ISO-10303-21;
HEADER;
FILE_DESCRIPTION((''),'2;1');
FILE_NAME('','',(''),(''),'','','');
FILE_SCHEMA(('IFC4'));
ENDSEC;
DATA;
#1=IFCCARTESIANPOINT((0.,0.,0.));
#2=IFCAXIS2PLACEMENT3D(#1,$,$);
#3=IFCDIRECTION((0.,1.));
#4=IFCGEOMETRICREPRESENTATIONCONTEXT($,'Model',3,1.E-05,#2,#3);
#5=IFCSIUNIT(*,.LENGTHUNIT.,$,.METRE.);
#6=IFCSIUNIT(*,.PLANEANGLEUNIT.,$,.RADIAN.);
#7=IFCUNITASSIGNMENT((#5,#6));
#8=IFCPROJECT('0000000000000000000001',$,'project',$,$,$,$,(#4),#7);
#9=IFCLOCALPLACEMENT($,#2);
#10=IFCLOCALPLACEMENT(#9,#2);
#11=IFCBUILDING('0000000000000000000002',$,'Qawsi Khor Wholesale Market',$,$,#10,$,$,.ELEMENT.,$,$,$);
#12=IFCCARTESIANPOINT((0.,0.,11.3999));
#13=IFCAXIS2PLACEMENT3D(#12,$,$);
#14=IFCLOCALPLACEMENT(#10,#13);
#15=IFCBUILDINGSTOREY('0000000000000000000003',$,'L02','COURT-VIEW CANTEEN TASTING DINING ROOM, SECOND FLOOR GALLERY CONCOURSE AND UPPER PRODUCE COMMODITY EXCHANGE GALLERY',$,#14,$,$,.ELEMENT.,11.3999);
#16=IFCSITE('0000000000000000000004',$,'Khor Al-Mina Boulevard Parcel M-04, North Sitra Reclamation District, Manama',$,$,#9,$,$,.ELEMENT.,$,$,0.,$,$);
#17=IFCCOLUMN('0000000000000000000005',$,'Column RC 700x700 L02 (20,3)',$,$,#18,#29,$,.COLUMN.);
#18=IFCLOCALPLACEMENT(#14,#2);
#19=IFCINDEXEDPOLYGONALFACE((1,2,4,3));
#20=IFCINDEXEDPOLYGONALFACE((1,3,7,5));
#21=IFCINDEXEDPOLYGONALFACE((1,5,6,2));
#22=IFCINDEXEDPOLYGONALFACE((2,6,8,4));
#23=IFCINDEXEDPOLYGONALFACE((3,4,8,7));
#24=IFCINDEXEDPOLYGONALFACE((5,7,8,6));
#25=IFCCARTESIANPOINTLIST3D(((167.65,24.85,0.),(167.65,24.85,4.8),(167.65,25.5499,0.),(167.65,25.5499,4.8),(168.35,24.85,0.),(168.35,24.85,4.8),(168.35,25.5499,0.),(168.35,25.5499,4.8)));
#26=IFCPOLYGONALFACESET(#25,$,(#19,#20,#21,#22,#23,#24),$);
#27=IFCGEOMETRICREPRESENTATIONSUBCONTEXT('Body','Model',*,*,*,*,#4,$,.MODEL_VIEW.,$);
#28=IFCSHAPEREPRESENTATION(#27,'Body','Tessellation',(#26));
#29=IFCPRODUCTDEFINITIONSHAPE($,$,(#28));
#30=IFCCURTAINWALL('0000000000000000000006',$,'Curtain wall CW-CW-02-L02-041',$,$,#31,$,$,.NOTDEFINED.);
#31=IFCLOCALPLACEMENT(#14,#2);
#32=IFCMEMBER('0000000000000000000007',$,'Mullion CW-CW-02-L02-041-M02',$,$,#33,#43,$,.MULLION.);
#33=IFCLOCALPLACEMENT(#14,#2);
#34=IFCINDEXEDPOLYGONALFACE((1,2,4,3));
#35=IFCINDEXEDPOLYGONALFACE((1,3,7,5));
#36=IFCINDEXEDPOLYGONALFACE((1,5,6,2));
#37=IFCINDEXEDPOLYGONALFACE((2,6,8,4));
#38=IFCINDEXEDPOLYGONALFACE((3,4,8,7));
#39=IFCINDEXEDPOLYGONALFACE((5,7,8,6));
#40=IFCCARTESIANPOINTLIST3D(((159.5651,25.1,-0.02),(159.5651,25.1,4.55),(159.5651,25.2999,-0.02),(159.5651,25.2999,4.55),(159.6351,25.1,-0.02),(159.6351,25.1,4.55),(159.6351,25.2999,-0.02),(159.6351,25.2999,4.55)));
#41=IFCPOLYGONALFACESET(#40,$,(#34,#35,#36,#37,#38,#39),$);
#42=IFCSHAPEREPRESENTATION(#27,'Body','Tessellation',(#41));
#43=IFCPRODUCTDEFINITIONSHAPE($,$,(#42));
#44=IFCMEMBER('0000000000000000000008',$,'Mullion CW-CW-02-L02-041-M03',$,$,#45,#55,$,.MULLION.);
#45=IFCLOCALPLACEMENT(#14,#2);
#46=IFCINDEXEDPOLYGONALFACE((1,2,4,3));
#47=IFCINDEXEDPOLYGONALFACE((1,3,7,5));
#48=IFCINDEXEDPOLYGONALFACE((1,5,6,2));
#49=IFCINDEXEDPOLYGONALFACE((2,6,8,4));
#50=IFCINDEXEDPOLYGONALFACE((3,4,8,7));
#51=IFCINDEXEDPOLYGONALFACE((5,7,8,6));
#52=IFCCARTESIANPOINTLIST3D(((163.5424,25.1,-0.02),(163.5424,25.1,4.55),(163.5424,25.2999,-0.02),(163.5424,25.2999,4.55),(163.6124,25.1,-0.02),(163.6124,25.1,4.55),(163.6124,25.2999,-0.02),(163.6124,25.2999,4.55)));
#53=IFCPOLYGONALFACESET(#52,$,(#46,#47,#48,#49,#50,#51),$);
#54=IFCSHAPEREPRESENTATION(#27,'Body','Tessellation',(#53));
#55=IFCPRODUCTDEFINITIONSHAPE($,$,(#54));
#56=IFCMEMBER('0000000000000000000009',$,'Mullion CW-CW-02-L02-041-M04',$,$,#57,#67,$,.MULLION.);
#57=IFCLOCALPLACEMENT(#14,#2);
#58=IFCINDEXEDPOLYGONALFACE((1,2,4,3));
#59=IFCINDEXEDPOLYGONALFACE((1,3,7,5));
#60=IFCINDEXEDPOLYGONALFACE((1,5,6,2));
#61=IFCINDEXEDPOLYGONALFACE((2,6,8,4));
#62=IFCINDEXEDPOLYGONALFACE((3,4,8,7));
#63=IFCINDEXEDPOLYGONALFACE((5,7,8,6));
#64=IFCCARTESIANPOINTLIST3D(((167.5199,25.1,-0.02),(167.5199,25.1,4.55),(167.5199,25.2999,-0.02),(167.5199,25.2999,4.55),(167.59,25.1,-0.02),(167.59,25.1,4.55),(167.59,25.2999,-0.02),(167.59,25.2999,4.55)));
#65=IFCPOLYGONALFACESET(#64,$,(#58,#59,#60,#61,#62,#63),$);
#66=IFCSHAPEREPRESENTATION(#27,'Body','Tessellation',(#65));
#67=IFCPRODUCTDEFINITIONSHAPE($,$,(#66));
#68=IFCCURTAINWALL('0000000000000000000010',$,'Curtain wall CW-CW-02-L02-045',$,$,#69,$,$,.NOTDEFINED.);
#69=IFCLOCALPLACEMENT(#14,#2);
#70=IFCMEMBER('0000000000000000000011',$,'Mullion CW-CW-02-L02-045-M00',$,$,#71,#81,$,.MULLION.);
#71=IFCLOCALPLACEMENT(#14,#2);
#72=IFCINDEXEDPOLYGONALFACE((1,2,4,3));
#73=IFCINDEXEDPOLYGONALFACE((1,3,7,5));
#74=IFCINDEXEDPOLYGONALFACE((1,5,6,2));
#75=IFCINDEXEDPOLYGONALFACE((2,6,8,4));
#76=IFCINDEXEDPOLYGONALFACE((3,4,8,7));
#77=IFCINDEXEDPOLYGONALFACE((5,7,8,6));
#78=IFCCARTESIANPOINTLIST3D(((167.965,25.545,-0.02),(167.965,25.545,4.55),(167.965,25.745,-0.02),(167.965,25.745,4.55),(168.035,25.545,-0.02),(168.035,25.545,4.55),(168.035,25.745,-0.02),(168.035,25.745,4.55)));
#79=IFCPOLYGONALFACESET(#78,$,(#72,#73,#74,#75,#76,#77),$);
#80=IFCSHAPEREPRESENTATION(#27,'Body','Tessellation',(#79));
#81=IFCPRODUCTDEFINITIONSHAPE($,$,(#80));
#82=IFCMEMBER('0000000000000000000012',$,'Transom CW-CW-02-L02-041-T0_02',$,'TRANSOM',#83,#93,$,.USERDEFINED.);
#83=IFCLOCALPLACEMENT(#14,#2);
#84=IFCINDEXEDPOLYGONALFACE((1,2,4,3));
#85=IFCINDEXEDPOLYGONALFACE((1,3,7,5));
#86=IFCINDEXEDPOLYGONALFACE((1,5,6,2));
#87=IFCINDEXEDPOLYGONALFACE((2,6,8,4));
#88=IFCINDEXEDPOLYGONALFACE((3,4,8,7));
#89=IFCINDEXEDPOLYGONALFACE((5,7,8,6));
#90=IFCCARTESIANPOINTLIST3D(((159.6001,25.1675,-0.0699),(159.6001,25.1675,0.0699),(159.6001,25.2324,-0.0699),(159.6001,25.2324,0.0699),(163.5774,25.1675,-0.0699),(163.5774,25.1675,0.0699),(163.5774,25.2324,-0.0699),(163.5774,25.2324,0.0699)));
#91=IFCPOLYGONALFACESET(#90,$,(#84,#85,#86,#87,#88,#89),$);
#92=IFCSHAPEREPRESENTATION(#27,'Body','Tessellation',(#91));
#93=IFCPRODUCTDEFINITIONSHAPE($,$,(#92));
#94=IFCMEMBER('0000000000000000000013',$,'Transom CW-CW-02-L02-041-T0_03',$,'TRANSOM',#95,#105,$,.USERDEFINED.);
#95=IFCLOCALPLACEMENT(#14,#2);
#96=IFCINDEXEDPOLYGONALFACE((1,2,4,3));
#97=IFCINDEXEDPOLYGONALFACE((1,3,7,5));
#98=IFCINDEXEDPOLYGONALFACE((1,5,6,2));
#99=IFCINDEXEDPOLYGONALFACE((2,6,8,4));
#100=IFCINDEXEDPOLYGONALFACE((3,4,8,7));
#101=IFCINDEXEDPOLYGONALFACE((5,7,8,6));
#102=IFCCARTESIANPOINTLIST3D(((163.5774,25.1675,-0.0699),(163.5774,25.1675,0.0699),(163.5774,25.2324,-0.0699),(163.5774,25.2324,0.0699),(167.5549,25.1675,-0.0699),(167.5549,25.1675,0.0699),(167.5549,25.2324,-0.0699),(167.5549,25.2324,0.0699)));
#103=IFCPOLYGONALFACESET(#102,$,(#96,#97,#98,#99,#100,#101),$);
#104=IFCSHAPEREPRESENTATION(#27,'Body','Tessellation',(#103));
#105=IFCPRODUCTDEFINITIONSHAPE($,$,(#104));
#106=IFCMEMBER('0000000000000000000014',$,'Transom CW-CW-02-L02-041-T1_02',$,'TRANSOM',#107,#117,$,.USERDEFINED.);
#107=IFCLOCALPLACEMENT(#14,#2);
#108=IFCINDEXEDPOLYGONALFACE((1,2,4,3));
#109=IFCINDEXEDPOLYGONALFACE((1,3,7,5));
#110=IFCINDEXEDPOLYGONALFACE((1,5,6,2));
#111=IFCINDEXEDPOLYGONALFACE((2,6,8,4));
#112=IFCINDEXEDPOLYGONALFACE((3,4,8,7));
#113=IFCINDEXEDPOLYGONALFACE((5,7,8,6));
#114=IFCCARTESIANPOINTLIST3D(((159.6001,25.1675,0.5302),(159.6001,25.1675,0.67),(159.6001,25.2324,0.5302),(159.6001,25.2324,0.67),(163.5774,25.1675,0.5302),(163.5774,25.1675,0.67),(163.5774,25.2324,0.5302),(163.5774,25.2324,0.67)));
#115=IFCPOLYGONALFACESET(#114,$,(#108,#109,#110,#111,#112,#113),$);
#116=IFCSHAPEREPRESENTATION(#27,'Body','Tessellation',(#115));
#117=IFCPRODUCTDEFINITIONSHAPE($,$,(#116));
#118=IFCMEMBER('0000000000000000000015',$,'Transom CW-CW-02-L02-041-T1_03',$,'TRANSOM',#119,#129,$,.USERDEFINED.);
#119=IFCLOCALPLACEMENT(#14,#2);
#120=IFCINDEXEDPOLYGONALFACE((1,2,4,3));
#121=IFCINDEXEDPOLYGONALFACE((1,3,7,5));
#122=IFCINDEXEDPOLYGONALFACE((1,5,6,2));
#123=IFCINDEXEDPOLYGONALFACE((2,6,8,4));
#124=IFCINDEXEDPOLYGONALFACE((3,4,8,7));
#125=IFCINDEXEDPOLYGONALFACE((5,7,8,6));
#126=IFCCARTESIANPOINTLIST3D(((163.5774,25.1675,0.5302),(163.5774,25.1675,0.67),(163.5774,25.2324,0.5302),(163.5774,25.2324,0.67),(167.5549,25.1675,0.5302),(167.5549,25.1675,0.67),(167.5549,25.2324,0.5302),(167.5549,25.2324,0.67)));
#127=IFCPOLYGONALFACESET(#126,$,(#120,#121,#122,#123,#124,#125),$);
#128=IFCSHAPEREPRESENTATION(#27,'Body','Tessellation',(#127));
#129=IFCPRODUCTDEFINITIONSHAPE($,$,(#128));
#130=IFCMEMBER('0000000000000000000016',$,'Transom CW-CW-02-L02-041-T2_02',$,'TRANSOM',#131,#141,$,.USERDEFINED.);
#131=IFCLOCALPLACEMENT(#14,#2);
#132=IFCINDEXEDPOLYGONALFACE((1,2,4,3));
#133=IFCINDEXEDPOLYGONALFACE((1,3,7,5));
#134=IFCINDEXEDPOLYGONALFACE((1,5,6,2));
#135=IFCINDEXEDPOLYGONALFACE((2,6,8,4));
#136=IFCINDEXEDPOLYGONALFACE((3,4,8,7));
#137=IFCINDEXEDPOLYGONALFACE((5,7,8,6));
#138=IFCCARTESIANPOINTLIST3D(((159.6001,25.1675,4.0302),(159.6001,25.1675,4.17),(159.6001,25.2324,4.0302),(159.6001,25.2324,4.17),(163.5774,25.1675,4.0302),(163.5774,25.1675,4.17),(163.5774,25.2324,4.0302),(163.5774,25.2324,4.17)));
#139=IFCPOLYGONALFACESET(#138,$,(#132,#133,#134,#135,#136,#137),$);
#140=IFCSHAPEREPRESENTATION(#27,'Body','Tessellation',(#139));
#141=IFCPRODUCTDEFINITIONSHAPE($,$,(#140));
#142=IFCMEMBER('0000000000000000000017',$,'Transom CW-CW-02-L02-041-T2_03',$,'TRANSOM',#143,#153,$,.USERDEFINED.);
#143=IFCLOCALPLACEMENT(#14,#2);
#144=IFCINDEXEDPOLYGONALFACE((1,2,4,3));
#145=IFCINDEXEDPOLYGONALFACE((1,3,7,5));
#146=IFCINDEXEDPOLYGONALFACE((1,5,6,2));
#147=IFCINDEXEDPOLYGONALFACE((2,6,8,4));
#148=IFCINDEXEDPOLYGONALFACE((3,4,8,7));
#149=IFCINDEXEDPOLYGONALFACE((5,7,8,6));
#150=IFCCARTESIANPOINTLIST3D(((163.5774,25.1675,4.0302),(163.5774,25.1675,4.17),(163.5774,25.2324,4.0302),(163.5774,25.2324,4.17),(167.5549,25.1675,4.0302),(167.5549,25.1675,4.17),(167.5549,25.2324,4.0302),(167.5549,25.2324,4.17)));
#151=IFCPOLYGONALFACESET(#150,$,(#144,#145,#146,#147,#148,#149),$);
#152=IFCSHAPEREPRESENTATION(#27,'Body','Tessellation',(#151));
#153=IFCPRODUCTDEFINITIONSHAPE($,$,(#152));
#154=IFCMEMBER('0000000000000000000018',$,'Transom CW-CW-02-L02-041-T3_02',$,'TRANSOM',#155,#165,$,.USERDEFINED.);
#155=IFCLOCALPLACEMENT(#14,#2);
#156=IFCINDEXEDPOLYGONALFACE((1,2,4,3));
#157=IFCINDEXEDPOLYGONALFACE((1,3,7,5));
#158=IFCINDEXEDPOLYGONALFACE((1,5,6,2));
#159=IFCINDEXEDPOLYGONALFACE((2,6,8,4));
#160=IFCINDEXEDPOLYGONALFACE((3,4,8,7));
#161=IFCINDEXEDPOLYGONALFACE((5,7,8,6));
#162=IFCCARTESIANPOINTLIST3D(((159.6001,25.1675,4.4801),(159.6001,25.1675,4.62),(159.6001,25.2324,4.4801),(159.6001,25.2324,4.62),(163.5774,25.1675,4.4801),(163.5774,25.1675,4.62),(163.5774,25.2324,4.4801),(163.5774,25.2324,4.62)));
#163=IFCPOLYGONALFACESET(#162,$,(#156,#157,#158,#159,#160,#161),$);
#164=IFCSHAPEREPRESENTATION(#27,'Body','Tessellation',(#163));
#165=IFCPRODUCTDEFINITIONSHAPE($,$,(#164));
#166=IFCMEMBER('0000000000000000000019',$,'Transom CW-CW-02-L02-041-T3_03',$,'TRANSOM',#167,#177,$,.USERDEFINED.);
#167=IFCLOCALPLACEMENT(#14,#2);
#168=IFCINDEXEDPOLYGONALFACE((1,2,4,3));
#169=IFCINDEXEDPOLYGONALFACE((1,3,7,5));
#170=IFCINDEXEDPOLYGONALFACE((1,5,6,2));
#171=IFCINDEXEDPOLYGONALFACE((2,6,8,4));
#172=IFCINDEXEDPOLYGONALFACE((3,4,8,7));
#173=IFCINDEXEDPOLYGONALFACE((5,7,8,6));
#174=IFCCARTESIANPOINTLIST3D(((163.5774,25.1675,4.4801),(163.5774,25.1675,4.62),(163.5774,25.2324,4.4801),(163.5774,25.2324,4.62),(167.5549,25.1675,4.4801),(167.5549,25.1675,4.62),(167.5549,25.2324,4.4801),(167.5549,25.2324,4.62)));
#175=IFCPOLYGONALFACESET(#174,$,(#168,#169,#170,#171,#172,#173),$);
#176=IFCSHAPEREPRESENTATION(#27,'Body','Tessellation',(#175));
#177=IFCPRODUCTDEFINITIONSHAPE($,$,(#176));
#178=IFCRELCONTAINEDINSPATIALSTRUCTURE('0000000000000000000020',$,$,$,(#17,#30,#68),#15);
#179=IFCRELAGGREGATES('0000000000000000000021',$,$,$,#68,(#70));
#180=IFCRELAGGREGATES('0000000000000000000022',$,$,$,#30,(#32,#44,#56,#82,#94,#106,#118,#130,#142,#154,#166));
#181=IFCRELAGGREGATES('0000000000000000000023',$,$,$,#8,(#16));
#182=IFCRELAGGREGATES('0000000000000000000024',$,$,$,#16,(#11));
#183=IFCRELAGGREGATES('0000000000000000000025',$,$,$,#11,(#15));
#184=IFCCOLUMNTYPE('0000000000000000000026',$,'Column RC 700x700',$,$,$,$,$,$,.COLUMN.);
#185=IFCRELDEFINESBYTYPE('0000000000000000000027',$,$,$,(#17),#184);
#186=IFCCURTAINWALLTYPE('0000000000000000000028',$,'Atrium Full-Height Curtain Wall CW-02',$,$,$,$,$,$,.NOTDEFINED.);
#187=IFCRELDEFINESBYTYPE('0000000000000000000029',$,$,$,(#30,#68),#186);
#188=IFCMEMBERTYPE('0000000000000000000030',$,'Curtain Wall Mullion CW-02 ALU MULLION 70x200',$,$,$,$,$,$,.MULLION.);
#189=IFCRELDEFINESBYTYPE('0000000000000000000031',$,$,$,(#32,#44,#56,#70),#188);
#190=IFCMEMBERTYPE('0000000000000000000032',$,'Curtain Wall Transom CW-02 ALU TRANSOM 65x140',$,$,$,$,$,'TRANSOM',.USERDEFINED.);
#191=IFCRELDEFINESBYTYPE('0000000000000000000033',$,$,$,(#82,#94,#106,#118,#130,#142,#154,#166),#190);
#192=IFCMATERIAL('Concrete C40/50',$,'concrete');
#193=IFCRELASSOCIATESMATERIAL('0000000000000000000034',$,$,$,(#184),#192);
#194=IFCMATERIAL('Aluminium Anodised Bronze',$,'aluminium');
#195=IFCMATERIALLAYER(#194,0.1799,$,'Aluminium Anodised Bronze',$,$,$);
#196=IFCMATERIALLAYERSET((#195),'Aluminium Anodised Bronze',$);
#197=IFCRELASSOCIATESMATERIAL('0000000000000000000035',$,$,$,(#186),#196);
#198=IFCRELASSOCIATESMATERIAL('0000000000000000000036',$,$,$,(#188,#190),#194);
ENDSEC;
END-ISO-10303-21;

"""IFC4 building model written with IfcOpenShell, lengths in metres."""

from ifc_helpers import new_model, si_unit, direction, frame, origin, origin_2d, place, context, subcontext, project, spatial, rectangle, extrude, material, layer, layer_set, material_profile, profile_set, type_object, element, aggregate, save


model = new_model("IFC4")

# Units and contexts
model_context = context("Model", 3, precision=1e-05, world=origin(), true_north=direction((0.0, 1.0)))
body_context = subcontext(model_context, "Body", "Model", "MODEL_VIEW")
ifc_project = project(units=[si_unit("LENGTHUNIT", "METRE"), si_unit("PLANEANGLEUNIT", "RADIAN")], contexts=[model_context])

# Site, building, storey
site_placement = place(None, origin())
site = spatial("IfcSite", under=ifc_project, at=site_placement, Name="Khor Al-Mina Boulevard Parcel M-04, North Sitra Reclamation District, Manama", CompositionType="ELEMENT", RefElevation=0.0)
building_placement = place(site_placement, origin())
building = spatial("IfcBuilding", under=site, at=building_placement, Name="Qawsi Khor Wholesale Market", CompositionType="ELEMENT")
storey_placement = place(building_placement, frame((0.0, 0.0, 11.3999)))
storey = spatial("IfcBuildingStorey", under=building, at=storey_placement, Name="L02", Description="COURT-VIEW CANTEEN TASTING DINING ROOM, SECOND FLOOR GALLERY CONCOURSE AND UPPER PRODUCE COMMODITY EXCHANGE GALLERY", CompositionType="ELEMENT", Elevation=11.3999)

# Column
ifc_material_1 = material(Name="Concrete C40/50", Category="concrete")
ifc_material_profile_1 = material_profile(ifc_material_1, rectangle(XDim=0.7, YDim=0.7, at=origin_2d()), Name="RC 700x700")
ifc_profile_set_1 = profile_set([ifc_material_profile_1], Name="Concrete C40/50")
column_type = type_object("IfcColumnType", Name="Column RC 700x700", PredefinedType="COLUMN", material=ifc_profile_set_1)
column_placement = place(storey_placement, frame((168.0, 25.2, 0.0), z_axis=(0.0, 0.0, 1.0), x_axis=(1.0, 0.0, 0.0)))
element("IfcColumn", 1, at=column_placement, inside=storey, type_object=column_type, Name="Column RC 700x700 L02 (20,3)", PredefinedType="COLUMN", context=body_context, shape_type="SweptSolid", body=[
    extrude(rectangle(XDim=0.7, YDim=0.7, at=origin_2d()), origin(), (0.0, 0.0, 1.0), 4.8),
])

# Curtain wall, members
ifc_material_2 = material(Name="Aluminium Anodised Bronze", Category="aluminium")
ifc_layer_1 = layer(ifc_material_2, 0.1799, Name="Aluminium Anodised Bronze")
ifc_layer_set_1 = layer_set([ifc_layer_1], Name="Aluminium Anodised Bronze")
curtain_wall_type = type_object("IfcCurtainWallType", Name="Atrium Full-Height Curtain Wall CW-02", PredefinedType="NOTDEFINED", material=ifc_layer_set_1)
curtain_wall_1_placement = place(storey_placement, origin())
curtain_wall_1 = element("IfcCurtainWall", 2, at=curtain_wall_1_placement, inside=storey, type_object=curtain_wall_type, Name="Curtain wall CW-CW-02-L02-041", PredefinedType="NOTDEFINED")
ifc_material_profile_2 = material_profile(ifc_material_2, rectangle(XDim=0.0701, YDim=0.2, at=origin_2d()), Name="ALU MULLION 70x200")
ifc_profile_set_2 = profile_set([ifc_material_profile_2], Name="Aluminium Anodised Bronze")
member_type_1 = type_object("IfcMemberType", Name="Curtain Wall Mullion CW-02 ALU MULLION 70x200", PredefinedType="MULLION", material=ifc_profile_set_2)
member_1_placement = place(storey_placement, frame((159.6001, 25.2, -0.02), z_axis=(0.0, 0.0, 1.0), x_axis=(1.0, 0.0, 0.0)))
member_1 = element("IfcMember", 3, at=member_1_placement, type_object=member_type_1, Name="Mullion CW-CW-02-L02-041-M02", PredefinedType="MULLION", context=body_context, shape_type="SweptSolid", body=[
    extrude(rectangle(XDim=0.0701, YDim=0.2, at=origin_2d()), origin(), (0.0, 0.0, 1.0), 4.5701),
])
member_2_placement = place(storey_placement, frame((163.5774, 25.2, -0.02), z_axis=(0.0, 0.0, 1.0), x_axis=(1.0, 0.0, 0.0)))
member_2 = element("IfcMember", 4, at=member_2_placement, type_object=member_type_1, Name="Mullion CW-CW-02-L02-041-M03", PredefinedType="MULLION", context=body_context, shape_type="SweptSolid", body=[
    extrude(rectangle(XDim=0.0701, YDim=0.2, at=origin_2d()), origin(), (0.0, 0.0, 1.0), 4.5701),
])
member_3_placement = place(storey_placement, frame((167.5549, 25.2, -0.02), z_axis=(0.0, 0.0, 1.0), x_axis=(1.0, 0.0, 0.0)))
member_3 = element("IfcMember", 5, at=member_3_placement, type_object=member_type_1, Name="Mullion CW-CW-02-L02-041-M04", PredefinedType="MULLION", context=body_context, shape_type="SweptSolid", body=[
    extrude(rectangle(XDim=0.0701, YDim=0.2, at=origin_2d()), origin(), (0.0, 0.0, 1.0), 4.5701),
])

# Curtain wall, member
curtain_wall_2_placement = place(storey_placement, origin())
curtain_wall_2 = element("IfcCurtainWall", 6, at=curtain_wall_2_placement, inside=storey, type_object=curtain_wall_type, Name="Curtain wall CW-CW-02-L02-045", PredefinedType="NOTDEFINED")
member_4_placement = place(storey_placement, frame((168.0, 25.645, -0.02), z_axis=(0.0, 0.0, 1.0), x_axis=(1.0, 0.0, 0.0)))
member_4 = element("IfcMember", 7, at=member_4_placement, type_object=member_type_1, Name="Mullion CW-CW-02-L02-045-M00", PredefinedType="MULLION", context=body_context, shape_type="SweptSolid", body=[
    extrude(rectangle(XDim=0.0701, YDim=0.2, at=origin_2d()), origin(), (0.0, 0.0, 1.0), 4.5701),
])
aggregate(curtain_wall_2, [member_4])

# Members
ifc_material_profile_3 = material_profile(ifc_material_2, rectangle(XDim=0.0649, YDim=0.1399, at=origin_2d()), Name="ALU TRANSOM 65x140")
ifc_profile_set_3 = profile_set([ifc_material_profile_3], Name="Aluminium Anodised Bronze")
member_type_2 = type_object("IfcMemberType", Name="Curtain Wall Transom CW-02 ALU TRANSOM 65x140", ElementType="TRANSOM", PredefinedType="USERDEFINED", material=ifc_profile_set_3)
member_5_placement = place(storey_placement, frame((159.6001, 25.2, 0.0), z_axis=(1.0, 0.0, 0.0), x_axis=(0.0, 1.0, 0.0)))
member_5 = element("IfcMember", 8, at=member_5_placement, type_object=member_type_2, Name="Transom CW-CW-02-L02-041-T0_02", ObjectType="TRANSOM", PredefinedType="USERDEFINED", context=body_context, shape_type="SweptSolid", body=[
    extrude(rectangle(XDim=0.0649, YDim=0.1399, at=origin_2d()), origin(), (0.0, 0.0, 1.0), 3.9773),
])
member_6_placement = place(storey_placement, frame((163.5774, 25.2, 0.0), z_axis=(1.0, 0.0, 0.0), x_axis=(0.0, 1.0, 0.0)))
member_6 = element("IfcMember", 9, at=member_6_placement, type_object=member_type_2, Name="Transom CW-CW-02-L02-041-T0_03", ObjectType="TRANSOM", PredefinedType="USERDEFINED", context=body_context, shape_type="SweptSolid", body=[
    extrude(rectangle(XDim=0.0649, YDim=0.1399, at=origin_2d()), origin(), (0.0, 0.0, 1.0), 3.9775),
])
member_7_placement = place(storey_placement, frame((159.6001, 25.2, 0.6001), z_axis=(1.0, 0.0, 0.0), x_axis=(0.0, 1.0, 0.0)))
member_7 = element("IfcMember", 10, at=member_7_placement, type_object=member_type_2, Name="Transom CW-CW-02-L02-041-T1_02", ObjectType="TRANSOM", PredefinedType="USERDEFINED", context=body_context, shape_type="SweptSolid", body=[
    extrude(rectangle(XDim=0.0649, YDim=0.1399, at=origin_2d()), origin(), (0.0, 0.0, 1.0), 3.9773),
])
member_8_placement = place(storey_placement, frame((163.5774, 25.2, 0.6001), z_axis=(1.0, 0.0, 0.0), x_axis=(0.0, 1.0, 0.0)))
member_8 = element("IfcMember", 11, at=member_8_placement, type_object=member_type_2, Name="Transom CW-CW-02-L02-041-T1_03", ObjectType="TRANSOM", PredefinedType="USERDEFINED", context=body_context, shape_type="SweptSolid", body=[
    extrude(rectangle(XDim=0.0649, YDim=0.1399, at=origin_2d()), origin(), (0.0, 0.0, 1.0), 3.9775),
])
member_9_placement = place(storey_placement, frame((159.6001, 25.2, 4.1001), z_axis=(1.0, 0.0, 0.0), x_axis=(0.0, 1.0, 0.0)))
member_9 = element("IfcMember", 12, at=member_9_placement, type_object=member_type_2, Name="Transom CW-CW-02-L02-041-T2_02", ObjectType="TRANSOM", PredefinedType="USERDEFINED", context=body_context, shape_type="SweptSolid", body=[
    extrude(rectangle(XDim=0.0649, YDim=0.1399, at=origin_2d()), origin(), (0.0, 0.0, 1.0), 3.9773),
])
member_10_placement = place(storey_placement, frame((163.5774, 25.2, 4.1001), z_axis=(1.0, 0.0, 0.0), x_axis=(0.0, 1.0, 0.0)))
member_10 = element("IfcMember", 13, at=member_10_placement, type_object=member_type_2, Name="Transom CW-CW-02-L02-041-T2_03", ObjectType="TRANSOM", PredefinedType="USERDEFINED", context=body_context, shape_type="SweptSolid", body=[
    extrude(rectangle(XDim=0.0649, YDim=0.1399, at=origin_2d()), origin(), (0.0, 0.0, 1.0), 3.9775),
])
member_11_placement = place(storey_placement, frame((159.6001, 25.2, 4.55), z_axis=(1.0, 0.0, 0.0), x_axis=(0.0, 1.0, 0.0)))
member_11 = element("IfcMember", 14, at=member_11_placement, type_object=member_type_2, Name="Transom CW-CW-02-L02-041-T3_02", ObjectType="TRANSOM", PredefinedType="USERDEFINED", context=body_context, shape_type="SweptSolid", body=[
    extrude(rectangle(XDim=0.0649, YDim=0.1399, at=origin_2d()), origin(), (0.0, 0.0, 1.0), 3.9773),
])
member_12_placement = place(storey_placement, frame((163.5774, 25.2, 4.55), z_axis=(1.0, 0.0, 0.0), x_axis=(0.0, 1.0, 0.0)))
member_12 = element("IfcMember", 15, at=member_12_placement, type_object=member_type_2, Name="Transom CW-CW-02-L02-041-T3_03", ObjectType="TRANSOM", PredefinedType="USERDEFINED", context=body_context, shape_type="SweptSolid", body=[
    extrude(rectangle(XDim=0.0649, YDim=0.1399, at=origin_2d()), origin(), (0.0, 0.0, 1.0), 3.9775),
])

aggregate(curtain_wall_1, [member_1, member_2, member_3, member_5, member_6, member_7, member_8, member_9, member_10, member_11, member_12])

save(model, "model.ifc")
